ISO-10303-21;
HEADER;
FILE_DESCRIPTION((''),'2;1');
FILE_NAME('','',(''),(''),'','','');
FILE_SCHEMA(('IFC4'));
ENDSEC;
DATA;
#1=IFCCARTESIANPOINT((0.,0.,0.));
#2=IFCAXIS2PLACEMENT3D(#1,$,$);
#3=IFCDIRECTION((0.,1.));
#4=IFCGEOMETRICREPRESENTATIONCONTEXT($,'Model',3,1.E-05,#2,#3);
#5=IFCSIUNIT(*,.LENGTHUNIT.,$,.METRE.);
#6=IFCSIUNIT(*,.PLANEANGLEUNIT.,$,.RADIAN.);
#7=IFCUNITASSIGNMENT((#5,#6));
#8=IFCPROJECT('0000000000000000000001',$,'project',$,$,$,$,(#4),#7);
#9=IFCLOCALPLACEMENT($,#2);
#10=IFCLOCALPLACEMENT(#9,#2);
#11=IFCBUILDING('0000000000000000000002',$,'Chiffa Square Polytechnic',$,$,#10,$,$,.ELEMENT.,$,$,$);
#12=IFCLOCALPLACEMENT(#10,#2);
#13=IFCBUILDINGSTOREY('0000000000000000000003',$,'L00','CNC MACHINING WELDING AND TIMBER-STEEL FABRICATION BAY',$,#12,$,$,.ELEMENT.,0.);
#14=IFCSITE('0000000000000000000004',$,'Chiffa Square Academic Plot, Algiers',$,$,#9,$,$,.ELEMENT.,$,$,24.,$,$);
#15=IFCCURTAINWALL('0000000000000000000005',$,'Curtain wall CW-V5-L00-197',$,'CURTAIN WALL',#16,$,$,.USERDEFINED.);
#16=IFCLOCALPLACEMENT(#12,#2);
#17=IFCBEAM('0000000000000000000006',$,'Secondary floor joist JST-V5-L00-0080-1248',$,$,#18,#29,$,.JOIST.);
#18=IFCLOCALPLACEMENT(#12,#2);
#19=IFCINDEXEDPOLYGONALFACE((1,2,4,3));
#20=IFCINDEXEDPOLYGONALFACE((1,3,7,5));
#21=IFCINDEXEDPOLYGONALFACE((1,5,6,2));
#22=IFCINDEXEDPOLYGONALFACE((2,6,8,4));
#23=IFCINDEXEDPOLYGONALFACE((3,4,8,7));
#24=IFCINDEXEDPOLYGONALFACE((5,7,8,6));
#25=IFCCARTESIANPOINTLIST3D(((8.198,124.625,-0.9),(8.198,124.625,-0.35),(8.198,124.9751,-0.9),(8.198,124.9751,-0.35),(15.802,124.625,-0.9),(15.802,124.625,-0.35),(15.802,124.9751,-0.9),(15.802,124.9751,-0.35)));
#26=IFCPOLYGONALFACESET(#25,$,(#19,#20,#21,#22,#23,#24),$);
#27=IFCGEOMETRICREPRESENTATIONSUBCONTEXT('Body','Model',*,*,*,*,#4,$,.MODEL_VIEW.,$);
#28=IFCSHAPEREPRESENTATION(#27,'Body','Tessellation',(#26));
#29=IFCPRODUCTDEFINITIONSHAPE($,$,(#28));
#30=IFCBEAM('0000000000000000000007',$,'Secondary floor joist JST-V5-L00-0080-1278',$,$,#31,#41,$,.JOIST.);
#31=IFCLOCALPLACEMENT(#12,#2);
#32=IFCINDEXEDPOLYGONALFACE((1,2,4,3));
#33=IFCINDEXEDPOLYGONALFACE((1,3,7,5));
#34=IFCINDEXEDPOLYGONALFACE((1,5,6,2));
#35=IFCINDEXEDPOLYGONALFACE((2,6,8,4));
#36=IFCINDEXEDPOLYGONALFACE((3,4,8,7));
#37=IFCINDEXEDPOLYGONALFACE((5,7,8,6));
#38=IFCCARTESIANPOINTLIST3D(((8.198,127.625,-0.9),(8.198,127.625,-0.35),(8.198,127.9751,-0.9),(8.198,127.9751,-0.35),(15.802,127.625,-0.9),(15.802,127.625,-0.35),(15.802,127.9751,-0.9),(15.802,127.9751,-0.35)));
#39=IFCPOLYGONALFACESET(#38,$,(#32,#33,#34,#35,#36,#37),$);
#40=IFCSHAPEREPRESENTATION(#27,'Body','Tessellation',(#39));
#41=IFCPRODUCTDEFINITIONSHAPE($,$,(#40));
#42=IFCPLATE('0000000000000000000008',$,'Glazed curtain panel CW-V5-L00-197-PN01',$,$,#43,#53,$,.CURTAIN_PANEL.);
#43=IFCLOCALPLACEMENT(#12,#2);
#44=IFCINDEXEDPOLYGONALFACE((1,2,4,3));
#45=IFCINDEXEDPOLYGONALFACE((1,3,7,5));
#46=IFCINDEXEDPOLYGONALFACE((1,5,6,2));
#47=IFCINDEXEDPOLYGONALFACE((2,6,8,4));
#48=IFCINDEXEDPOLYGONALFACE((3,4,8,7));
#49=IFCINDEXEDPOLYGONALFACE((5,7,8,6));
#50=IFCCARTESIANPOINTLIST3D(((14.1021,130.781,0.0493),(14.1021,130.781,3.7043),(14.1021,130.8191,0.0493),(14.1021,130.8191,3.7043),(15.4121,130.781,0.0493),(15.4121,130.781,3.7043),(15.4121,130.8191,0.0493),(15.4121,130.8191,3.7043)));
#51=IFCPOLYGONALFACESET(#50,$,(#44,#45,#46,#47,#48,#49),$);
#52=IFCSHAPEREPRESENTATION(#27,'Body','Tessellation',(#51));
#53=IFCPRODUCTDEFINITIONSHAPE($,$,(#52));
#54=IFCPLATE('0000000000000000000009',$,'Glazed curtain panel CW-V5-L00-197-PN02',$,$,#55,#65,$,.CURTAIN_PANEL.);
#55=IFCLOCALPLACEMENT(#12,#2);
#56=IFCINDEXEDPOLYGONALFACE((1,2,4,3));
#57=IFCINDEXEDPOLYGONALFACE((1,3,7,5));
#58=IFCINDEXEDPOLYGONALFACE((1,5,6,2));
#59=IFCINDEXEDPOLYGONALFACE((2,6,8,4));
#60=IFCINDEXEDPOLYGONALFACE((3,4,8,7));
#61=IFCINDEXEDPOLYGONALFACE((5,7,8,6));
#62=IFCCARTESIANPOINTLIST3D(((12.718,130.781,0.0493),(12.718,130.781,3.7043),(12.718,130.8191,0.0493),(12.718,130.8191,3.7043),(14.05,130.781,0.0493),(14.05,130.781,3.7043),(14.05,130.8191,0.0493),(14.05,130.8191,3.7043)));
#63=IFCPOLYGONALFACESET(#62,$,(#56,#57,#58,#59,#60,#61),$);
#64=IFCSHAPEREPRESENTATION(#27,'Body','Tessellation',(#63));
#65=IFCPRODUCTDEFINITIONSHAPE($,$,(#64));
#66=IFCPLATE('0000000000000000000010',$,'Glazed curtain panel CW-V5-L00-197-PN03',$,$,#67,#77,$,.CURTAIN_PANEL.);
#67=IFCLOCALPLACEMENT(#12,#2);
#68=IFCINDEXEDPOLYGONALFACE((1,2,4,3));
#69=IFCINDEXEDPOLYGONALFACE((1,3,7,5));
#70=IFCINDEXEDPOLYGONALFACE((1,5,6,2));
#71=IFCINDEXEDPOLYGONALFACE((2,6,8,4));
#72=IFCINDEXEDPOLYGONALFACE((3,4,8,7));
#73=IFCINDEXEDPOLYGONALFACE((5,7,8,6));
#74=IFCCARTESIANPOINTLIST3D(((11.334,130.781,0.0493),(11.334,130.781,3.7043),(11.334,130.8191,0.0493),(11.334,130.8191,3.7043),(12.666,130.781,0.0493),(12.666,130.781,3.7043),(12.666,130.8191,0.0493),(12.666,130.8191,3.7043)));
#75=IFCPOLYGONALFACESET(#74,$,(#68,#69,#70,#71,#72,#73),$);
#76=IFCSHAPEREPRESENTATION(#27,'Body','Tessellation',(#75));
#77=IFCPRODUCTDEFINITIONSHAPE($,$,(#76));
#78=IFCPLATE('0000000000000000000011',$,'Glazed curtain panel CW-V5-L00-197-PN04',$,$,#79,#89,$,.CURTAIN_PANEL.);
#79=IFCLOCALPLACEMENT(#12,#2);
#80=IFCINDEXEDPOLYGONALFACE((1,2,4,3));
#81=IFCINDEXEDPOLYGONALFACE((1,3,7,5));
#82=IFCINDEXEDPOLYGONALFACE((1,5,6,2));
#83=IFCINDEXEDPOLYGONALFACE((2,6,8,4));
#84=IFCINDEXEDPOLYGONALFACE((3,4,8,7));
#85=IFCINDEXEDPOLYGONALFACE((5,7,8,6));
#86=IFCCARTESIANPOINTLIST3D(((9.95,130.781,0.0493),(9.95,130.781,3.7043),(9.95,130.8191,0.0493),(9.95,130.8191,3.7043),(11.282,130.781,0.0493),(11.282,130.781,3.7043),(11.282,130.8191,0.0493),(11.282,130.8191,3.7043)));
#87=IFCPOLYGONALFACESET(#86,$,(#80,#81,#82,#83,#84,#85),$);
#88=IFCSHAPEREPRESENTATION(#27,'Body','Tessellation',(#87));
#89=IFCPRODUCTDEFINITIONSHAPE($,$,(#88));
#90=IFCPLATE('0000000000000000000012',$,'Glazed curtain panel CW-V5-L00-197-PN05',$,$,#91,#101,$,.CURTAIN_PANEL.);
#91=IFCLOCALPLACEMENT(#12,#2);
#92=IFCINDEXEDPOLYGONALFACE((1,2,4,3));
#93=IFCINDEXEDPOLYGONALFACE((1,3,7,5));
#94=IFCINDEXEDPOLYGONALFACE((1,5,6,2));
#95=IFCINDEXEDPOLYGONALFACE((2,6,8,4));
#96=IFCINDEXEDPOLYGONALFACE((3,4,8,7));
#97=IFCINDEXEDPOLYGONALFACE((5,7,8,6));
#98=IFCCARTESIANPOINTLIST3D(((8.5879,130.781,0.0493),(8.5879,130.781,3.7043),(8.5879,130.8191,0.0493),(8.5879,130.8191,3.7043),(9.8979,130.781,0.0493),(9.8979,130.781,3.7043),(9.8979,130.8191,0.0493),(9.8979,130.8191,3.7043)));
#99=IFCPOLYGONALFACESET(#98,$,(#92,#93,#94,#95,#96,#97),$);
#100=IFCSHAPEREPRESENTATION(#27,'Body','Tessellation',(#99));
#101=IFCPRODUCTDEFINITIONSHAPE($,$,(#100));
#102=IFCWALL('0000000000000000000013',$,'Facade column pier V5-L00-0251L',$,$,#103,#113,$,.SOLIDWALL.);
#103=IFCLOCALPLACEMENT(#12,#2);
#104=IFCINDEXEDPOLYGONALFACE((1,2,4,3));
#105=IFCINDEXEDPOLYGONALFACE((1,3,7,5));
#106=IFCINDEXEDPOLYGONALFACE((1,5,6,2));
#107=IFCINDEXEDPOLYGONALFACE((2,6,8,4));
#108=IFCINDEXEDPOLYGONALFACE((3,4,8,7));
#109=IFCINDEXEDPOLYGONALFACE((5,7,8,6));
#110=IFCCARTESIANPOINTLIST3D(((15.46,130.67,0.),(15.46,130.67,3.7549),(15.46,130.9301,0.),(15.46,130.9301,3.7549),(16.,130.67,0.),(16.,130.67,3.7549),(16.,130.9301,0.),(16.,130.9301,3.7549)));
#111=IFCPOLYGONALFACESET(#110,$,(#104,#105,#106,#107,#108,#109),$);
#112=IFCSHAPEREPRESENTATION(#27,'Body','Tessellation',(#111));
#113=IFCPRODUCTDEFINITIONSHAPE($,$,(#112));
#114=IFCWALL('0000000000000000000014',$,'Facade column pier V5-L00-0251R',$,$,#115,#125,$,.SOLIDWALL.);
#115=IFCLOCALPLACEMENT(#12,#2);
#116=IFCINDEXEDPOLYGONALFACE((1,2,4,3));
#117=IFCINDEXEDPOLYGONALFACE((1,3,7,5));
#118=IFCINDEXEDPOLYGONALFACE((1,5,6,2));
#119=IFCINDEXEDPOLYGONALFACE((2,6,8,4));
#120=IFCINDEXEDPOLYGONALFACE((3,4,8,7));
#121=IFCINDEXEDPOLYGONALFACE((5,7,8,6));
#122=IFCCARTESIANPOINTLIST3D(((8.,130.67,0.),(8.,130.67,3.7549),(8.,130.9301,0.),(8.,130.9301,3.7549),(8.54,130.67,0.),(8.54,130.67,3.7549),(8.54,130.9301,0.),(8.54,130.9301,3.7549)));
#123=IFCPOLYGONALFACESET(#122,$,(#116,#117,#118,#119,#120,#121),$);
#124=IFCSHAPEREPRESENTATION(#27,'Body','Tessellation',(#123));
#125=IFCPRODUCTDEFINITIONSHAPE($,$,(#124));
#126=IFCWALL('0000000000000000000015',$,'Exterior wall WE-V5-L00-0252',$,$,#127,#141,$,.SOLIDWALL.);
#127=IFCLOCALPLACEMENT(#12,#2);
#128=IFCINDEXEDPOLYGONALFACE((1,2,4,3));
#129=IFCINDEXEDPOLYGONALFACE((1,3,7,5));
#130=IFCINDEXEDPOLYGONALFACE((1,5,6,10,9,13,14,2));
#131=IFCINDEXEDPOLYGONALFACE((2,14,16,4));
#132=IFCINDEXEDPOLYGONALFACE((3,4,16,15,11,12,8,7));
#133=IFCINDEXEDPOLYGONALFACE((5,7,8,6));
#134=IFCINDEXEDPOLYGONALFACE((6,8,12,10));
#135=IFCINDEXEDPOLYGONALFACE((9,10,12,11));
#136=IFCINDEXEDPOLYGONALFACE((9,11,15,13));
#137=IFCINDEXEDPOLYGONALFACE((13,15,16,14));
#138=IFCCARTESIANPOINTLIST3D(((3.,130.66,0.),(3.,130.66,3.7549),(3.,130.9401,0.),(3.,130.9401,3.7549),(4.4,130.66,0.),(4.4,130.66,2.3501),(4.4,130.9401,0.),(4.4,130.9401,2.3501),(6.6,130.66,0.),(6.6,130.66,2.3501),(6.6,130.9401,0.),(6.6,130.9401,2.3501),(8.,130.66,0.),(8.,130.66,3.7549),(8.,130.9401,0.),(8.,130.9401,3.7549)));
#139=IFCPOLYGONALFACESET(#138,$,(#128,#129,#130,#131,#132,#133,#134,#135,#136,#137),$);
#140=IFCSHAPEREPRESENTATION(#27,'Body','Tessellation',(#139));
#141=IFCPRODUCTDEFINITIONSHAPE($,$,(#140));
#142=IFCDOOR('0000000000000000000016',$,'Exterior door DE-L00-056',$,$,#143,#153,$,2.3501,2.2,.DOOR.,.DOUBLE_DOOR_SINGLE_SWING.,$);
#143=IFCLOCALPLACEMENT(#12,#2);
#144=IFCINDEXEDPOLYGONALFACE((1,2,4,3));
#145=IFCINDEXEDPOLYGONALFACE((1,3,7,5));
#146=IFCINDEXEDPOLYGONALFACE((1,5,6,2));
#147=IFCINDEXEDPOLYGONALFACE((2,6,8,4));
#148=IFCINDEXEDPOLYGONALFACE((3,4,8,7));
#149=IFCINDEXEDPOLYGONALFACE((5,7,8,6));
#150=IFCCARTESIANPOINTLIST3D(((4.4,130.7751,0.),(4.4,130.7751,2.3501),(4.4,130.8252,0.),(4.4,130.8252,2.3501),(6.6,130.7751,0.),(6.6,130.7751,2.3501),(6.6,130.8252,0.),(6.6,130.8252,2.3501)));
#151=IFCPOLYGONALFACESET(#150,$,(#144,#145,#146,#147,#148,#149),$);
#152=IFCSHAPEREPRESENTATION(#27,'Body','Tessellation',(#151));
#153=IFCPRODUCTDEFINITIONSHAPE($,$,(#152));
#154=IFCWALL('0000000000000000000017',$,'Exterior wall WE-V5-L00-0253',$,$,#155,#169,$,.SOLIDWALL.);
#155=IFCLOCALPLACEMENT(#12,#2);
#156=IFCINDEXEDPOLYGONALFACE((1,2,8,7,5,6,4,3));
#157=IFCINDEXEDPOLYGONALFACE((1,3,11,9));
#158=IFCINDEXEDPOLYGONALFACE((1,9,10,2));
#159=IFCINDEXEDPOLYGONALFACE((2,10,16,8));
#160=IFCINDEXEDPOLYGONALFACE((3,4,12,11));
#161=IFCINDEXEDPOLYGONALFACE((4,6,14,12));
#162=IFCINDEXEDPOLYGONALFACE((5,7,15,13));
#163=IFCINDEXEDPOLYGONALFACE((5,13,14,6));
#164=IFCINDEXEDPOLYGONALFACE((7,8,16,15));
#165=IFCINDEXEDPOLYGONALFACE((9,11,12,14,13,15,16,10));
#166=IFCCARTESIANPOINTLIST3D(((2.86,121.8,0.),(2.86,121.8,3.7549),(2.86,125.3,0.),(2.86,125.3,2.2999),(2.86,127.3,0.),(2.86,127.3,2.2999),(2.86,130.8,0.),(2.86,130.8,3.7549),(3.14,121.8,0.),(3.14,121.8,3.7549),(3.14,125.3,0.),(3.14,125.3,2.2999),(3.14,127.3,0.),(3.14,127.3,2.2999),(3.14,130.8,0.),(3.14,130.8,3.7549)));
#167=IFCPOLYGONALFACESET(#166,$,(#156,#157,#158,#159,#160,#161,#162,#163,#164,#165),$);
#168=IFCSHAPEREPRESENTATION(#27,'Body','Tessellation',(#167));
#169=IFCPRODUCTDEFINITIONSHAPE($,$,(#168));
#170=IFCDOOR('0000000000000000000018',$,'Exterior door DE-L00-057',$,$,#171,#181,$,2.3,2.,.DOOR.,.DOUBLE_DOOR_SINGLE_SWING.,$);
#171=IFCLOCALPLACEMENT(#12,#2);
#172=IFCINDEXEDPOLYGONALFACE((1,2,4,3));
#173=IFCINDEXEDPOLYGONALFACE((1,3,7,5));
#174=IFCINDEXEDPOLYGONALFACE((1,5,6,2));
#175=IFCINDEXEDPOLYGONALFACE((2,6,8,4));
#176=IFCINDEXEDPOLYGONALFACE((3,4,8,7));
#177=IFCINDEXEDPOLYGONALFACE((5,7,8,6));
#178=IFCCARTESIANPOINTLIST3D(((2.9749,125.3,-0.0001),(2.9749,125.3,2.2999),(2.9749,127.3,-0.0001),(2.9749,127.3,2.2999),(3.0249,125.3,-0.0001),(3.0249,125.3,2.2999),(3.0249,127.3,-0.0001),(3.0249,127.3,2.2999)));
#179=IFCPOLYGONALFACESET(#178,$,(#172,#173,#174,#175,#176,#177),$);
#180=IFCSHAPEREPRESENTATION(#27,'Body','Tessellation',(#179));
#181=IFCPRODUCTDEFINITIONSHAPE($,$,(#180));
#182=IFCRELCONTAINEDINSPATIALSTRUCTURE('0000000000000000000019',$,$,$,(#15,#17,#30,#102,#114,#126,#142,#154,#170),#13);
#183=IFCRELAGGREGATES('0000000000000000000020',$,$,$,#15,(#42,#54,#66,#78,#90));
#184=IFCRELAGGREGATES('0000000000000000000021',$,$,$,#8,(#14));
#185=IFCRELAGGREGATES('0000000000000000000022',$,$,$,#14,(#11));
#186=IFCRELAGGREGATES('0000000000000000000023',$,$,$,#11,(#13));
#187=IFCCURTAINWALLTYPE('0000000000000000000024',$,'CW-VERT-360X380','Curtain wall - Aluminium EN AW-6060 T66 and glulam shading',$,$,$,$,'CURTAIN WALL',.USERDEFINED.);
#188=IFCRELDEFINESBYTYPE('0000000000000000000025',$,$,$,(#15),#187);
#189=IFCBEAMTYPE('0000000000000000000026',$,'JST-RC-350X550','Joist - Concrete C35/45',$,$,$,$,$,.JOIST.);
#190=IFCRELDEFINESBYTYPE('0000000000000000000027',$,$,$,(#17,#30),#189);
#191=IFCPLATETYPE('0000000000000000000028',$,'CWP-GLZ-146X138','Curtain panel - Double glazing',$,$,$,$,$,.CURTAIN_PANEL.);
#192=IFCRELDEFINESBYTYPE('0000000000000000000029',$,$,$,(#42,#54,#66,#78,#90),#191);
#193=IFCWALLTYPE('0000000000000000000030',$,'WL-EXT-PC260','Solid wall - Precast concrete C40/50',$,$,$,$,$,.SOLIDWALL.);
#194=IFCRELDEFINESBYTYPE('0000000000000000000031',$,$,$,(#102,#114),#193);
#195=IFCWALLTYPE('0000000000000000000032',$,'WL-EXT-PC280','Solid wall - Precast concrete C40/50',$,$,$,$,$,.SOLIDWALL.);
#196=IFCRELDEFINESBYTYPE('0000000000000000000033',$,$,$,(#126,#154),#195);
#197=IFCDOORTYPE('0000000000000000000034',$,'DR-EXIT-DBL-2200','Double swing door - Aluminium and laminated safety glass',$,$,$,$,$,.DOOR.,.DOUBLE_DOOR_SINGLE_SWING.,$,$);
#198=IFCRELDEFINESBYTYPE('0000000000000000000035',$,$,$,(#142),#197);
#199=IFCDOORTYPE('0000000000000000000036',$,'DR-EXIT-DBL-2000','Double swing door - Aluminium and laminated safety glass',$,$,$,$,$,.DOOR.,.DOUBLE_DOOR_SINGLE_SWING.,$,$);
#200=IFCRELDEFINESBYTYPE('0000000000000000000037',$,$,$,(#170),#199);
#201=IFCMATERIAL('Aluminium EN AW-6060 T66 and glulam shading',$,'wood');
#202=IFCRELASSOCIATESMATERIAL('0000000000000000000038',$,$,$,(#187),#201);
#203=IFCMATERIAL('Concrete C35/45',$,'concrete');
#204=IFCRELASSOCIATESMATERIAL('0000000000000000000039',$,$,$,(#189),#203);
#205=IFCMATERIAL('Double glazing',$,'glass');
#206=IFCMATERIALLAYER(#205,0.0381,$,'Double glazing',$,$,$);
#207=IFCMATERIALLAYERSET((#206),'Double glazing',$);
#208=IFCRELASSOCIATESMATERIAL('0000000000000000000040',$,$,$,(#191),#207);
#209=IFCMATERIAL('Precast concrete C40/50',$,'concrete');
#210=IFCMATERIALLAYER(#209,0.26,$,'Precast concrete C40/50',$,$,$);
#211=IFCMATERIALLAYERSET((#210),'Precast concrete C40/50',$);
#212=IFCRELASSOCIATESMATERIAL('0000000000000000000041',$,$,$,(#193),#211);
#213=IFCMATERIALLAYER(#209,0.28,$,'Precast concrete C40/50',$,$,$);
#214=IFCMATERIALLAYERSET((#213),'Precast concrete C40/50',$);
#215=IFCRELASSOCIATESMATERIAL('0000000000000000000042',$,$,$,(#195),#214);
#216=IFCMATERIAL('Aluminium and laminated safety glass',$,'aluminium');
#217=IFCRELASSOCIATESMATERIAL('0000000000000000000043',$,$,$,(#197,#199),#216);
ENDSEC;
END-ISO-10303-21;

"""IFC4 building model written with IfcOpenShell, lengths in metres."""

from ifc_helpers import new_model, si_unit, direction, frame, frame_2d, origin, origin_2d, place, context, subcontext, project, spatial, rectangle, extrude, material, layer, layer_set, material_profile, profile_set, type_object, element, fill, aggregate, save


model = new_model("IFC4")

# Units and contexts
model_context = context("Model", 3, precision=1e-05, world=origin(), true_north=direction((0.0, 1.0)))
body_context = subcontext(model_context, "Body", "Model", "MODEL_VIEW")
ifc_project = project(units=[si_unit("LENGTHUNIT", "METRE"), si_unit("PLANEANGLEUNIT", "RADIAN")], contexts=[model_context])

# Site, building, storey
site_placement = place(None, origin())
site = spatial("IfcSite", under=ifc_project, at=site_placement, Name="Chiffa Square Academic Plot, Algiers", CompositionType="ELEMENT", RefElevation=24.0)
building_placement = place(site_placement, origin())
building = spatial("IfcBuilding", under=site, at=building_placement, Name="Chiffa Square Polytechnic", CompositionType="ELEMENT")
storey_placement = place(building_placement, origin())
storey = spatial("IfcBuildingStorey", under=building, at=storey_placement, Name="L00", Description="CNC MACHINING WELDING AND TIMBER-STEEL FABRICATION BAY", CompositionType="ELEMENT", Elevation=0.0)

# Shared definitions
ifc_material_1 = material(Name="Concrete C35/45", Category="concrete")

# Curtain wall
ifc_material_2 = material(Name="Aluminium EN AW-6060 T66 and glulam shading", Category="wood")
curtain_wall_type = type_object("IfcCurtainWallType", Name="CW-VERT-360X380", Description="Curtain wall - Aluminium EN AW-6060 T66 and glulam shading", ElementType="CURTAIN WALL", PredefinedType="USERDEFINED", material=ifc_material_2)
curtain_wall_placement = place(storey_placement, origin())
curtain_wall = element("IfcCurtainWall", 1, at=curtain_wall_placement, inside=storey, type_object=curtain_wall_type, Name="Curtain wall CW-V5-L00-197", ObjectType="CURTAIN WALL", PredefinedType="USERDEFINED")

# Beams
ifc_material_profile_1 = material_profile(ifc_material_1, rectangle(XDim=0.3501, YDim=0.55, at=origin_2d()), Name="RC 350x550")
ifc_profile_set_1 = profile_set([ifc_material_profile_1], Name="Concrete C35/45")
beam_type_1 = type_object("IfcBeamType", Name="JST-RC-350X550", Description="Joist - Concrete C35/45", PredefinedType="JOIST", material=ifc_profile_set_1)
for number, where, z_axis, x_axis, name in (
    (2, (8.198, 124.8, -0.625), (1.0, 0.0, 0.0), (0.0, 1.0, 0.0), "Secondary floor joist JST-V5-L00-0080-1248"),
    (3, (8.198, 127.8, -0.625), (1.0, 0.0, 0.0), (0.0, 1.0, 0.0), "Secondary floor joist JST-V5-L00-0080-1278"),
):
    element("IfcBeam", number, at=place(storey_placement, frame(where, z_axis=z_axis, x_axis=x_axis)), inside=storey, type_object=beam_type_1, Name=name, PredefinedType="JOIST", context=body_context, shape_type="SweptSolid", body=[
        extrude(rectangle(XDim=0.3501, YDim=0.55, at=origin_2d()), origin(), (0.0, 0.0, 1.0), 7.604),
    ])

# Plates
ifc_material_3 = material(Name="Double glazing", Category="glass")
ifc_layer_1 = layer(ifc_material_3, 0.0381, Name="Double glazing")
ifc_layer_set_1 = layer_set([ifc_layer_1], Name="Double glazing")
plate_type = type_object("IfcPlateType", Name="CWP-GLZ-146X138", Description="Curtain panel - Double glazing", PredefinedType="CURTAIN_PANEL", material=ifc_layer_set_1)
plate_1_placement = place(storey_placement, frame((14.7571, 130.8, 0.0493), z_axis=(0.0, 0.0, 1.0), x_axis=(-1.0, 0.0, 0.0)))
plate_1 = element("IfcPlate", 4, at=plate_1_placement, type_object=plate_type, Name="Glazed curtain panel CW-V5-L00-197-PN01", PredefinedType="CURTAIN_PANEL", context=body_context, shape_type="SweptSolid", body=[
    extrude(rectangle(XDim=1.3101, YDim=0.0381, at=origin_2d()), origin(), (0.0, 0.0, 1.0), 3.655),
])
plate_2_placement = place(storey_placement, frame((13.384, 130.8, 0.0493), z_axis=(0.0, 0.0, 1.0), x_axis=(-1.0, 0.0, 0.0)))
plate_2 = element("IfcPlate", 5, at=plate_2_placement, type_object=plate_type, Name="Glazed curtain panel CW-V5-L00-197-PN02", PredefinedType="CURTAIN_PANEL", context=body_context, shape_type="SweptSolid", body=[
    extrude(rectangle(XDim=1.332, YDim=0.0381, at=origin_2d()), origin(), (0.0, 0.0, 1.0), 3.655),
])
plate_3_placement = place(storey_placement, frame((12.0, 130.8, 0.0493), z_axis=(0.0, 0.0, 1.0), x_axis=(-1.0, 0.0, 0.0)))
plate_3 = element("IfcPlate", 6, at=plate_3_placement, type_object=plate_type, Name="Glazed curtain panel CW-V5-L00-197-PN03", PredefinedType="CURTAIN_PANEL", context=body_context, shape_type="SweptSolid", body=[
    extrude(rectangle(XDim=1.332, YDim=0.0381, at=origin_2d()), origin(), (0.0, 0.0, 1.0), 3.655),
])
plate_4_placement = place(storey_placement, frame((10.616, 130.8, 0.0493), z_axis=(0.0, 0.0, 1.0), x_axis=(-1.0, 0.0, 0.0)))
plate_4 = element("IfcPlate", 7, at=plate_4_placement, type_object=plate_type, Name="Glazed curtain panel CW-V5-L00-197-PN04", PredefinedType="CURTAIN_PANEL", context=body_context, shape_type="SweptSolid", body=[
    extrude(rectangle(XDim=1.332, YDim=0.0381, at=origin_2d()), origin(), (0.0, 0.0, 1.0), 3.655),
])
plate_5_placement = place(storey_placement, frame((9.2429, 130.8, 0.0493), z_axis=(0.0, 0.0, 1.0), x_axis=(-1.0, 0.0, 0.0)))
plate_5 = element("IfcPlate", 8, at=plate_5_placement, type_object=plate_type, Name="Glazed curtain panel CW-V5-L00-197-PN05", PredefinedType="CURTAIN_PANEL", context=body_context, shape_type="SweptSolid", body=[
    extrude(rectangle(XDim=1.3101, YDim=0.0381, at=origin_2d()), origin(), (0.0, 0.0, 1.0), 3.655),
])
aggregate(curtain_wall, [plate_1, plate_2, plate_3, plate_4, plate_5])

# Walls
ifc_material_4 = material(Name="Precast concrete C40/50", Category="concrete")
ifc_layer_2 = layer(ifc_material_4, 0.26, Name="Precast concrete C40/50")
ifc_layer_set_2 = layer_set([ifc_layer_2], Name="Precast concrete C40/50")
wall_type_1 = type_object("IfcWallType", Name="WL-EXT-PC260", Description="Solid wall - Precast concrete C40/50", PredefinedType="SOLIDWALL", material=ifc_layer_set_2)
for number, where, z_axis, x_axis, name in (
    (9, (16.0, 130.8, 0.0), (0.0, 0.0, 1.0), (-1.0, 0.0, 0.0), "Facade column pier V5-L00-0251L"),
    (10, (8.54, 130.8, 0.0), (0.0, 0.0, 1.0), (-1.0, 0.0, 0.0), "Facade column pier V5-L00-0251R"),
):
    element("IfcWall", number, at=place(storey_placement, frame(where, z_axis=z_axis, x_axis=x_axis)), inside=storey, type_object=wall_type_1, Name=name, PredefinedType="SOLIDWALL", context=body_context, shape_type="SweptSolid", body=[
        extrude(rectangle(XDim=0.54, YDim=0.26, at=frame_2d((0.27, 0.0))), origin(), (0.0, 0.0, 1.0), 3.7549),
    ])

# Walls, openings, doors
ifc_layer_3 = layer(ifc_material_4, 0.28, Name="Precast concrete C40/50")
ifc_layer_set_3 = layer_set([ifc_layer_3], Name="Precast concrete C40/50")
wall_type_2 = type_object("IfcWallType", Name="WL-EXT-PC280", Description="Solid wall - Precast concrete C40/50", PredefinedType="SOLIDWALL", material=ifc_layer_set_3)
wall_1_placement = place(storey_placement, frame((8.0, 130.8, 0.0), z_axis=(0.0, 0.0, 1.0), x_axis=(-1.0, 0.0, 0.0)))
wall_1 = element("IfcWall", 11, at=wall_1_placement, inside=storey, type_object=wall_type_2, Name="Exterior wall WE-V5-L00-0252", PredefinedType="SOLIDWALL", context=body_context, shape_type="SweptSolid", body=[
    extrude(rectangle(XDim=5.0, YDim=0.28, at=frame_2d((2.5, 0.0))), origin(), (0.0, 0.0, 1.0), 3.7549),
])
opening_1_placement = place(wall_1_placement, frame((1.3999, 0.0, 0.0)))
opening_1 = element("IfcOpeningElement", 12, at=opening_1_placement, cuts=wall_1, PredefinedType="OPENING", context=body_context, shape_type="SweptSolid", body=[
    extrude(rectangle(XDim=2.2, YDim=2.3501, at=frame_2d((1.1001, 1.175))), frame((0.0, 0.1499, 0.0), z_axis=(0.0, -1.0, 0.0), x_axis=(1.0, 0.0, 0.0)), (0.0, 0.0, 1.0), 0.3),
])
ifc_material_5 = material(Name="Aluminium and laminated safety glass", Category="aluminium")
door_type_1 = type_object("IfcDoorType", Name="DR-EXIT-DBL-2200", Description="Double swing door - Aluminium and laminated safety glass", OperationType="DOUBLE_DOOR_SINGLE_SWING", PredefinedType="DOOR", material=ifc_material_5)
door_1_placement = place(opening_1_placement, origin())
door_1 = element("IfcDoor", 13, at=door_1_placement, inside=storey, type_object=door_type_1, Name="Exterior door DE-L00-056", OperationType="DOUBLE_DOOR_SINGLE_SWING", OverallHeight=2.3501, OverallWidth=2.2, PredefinedType="DOOR", context=body_context, shape_type="SweptSolid", body=[
    extrude(rectangle(XDim=2.2, YDim=2.3501, at=frame_2d((1.1001, 1.175))), frame((0.0, 0.0249, 0.0), z_axis=(0.0, -1.0, 0.0), x_axis=(1.0, 0.0, 0.0)), (0.0, 0.0, 1.0), 0.05),
])
fill(opening_1, door_1)
wall_2_placement = place(storey_placement, frame((3.0, 130.8, 0.0), z_axis=(0.0, 0.0, 1.0), x_axis=(0.0, -1.0, 0.0)))
wall_2 = element("IfcWall", 14, at=wall_2_placement, inside=storey, type_object=wall_type_2, Name="Exterior wall WE-V5-L00-0253", PredefinedType="SOLIDWALL", context=body_context, shape_type="SweptSolid", body=[
    extrude(rectangle(XDim=9.0, YDim=0.28, at=frame_2d((4.5, 0.0))), origin(), (0.0, 0.0, 1.0), 3.7549),
])
opening_2_placement = place(wall_2_placement, frame((3.5, 0.0, 0.0)))
opening_2 = element("IfcOpeningElement", 15, at=opening_2_placement, cuts=wall_2, PredefinedType="OPENING", context=body_context, shape_type="SweptSolid", body=[
    extrude(rectangle(XDim=2.0, YDim=2.3, at=frame_2d((1.0, 1.1499))), frame((0.0, 0.1499, 0.0), z_axis=(0.0, -1.0, 0.0), x_axis=(1.0, 0.0, 0.0)), (0.0, 0.0, 1.0), 0.3),
])
door_type_2 = type_object("IfcDoorType", Name="DR-EXIT-DBL-2000", Description="Double swing door - Aluminium and laminated safety glass", OperationType="DOUBLE_DOOR_SINGLE_SWING", PredefinedType="DOOR", material=ifc_material_5)
door_2_placement = place(opening_2_placement, origin())
door_2 = element("IfcDoor", 16, at=door_2_placement, inside=storey, type_object=door_type_2, Name="Exterior door DE-L00-057", OperationType="DOUBLE_DOOR_SINGLE_SWING", OverallHeight=2.3, OverallWidth=2.0, PredefinedType="DOOR", context=body_context, shape_type="SweptSolid", body=[
    extrude(rectangle(XDim=2.0, YDim=2.3, at=frame_2d((1.0, 1.1499))), frame((0.0, 0.0249, 0.0), z_axis=(0.0, -1.0, 0.0), x_axis=(1.0, 0.0, 0.0)), (0.0, 0.0, 1.0), 0.05),
])
fill(opening_2, door_2)

save(model, "model.ifc")
